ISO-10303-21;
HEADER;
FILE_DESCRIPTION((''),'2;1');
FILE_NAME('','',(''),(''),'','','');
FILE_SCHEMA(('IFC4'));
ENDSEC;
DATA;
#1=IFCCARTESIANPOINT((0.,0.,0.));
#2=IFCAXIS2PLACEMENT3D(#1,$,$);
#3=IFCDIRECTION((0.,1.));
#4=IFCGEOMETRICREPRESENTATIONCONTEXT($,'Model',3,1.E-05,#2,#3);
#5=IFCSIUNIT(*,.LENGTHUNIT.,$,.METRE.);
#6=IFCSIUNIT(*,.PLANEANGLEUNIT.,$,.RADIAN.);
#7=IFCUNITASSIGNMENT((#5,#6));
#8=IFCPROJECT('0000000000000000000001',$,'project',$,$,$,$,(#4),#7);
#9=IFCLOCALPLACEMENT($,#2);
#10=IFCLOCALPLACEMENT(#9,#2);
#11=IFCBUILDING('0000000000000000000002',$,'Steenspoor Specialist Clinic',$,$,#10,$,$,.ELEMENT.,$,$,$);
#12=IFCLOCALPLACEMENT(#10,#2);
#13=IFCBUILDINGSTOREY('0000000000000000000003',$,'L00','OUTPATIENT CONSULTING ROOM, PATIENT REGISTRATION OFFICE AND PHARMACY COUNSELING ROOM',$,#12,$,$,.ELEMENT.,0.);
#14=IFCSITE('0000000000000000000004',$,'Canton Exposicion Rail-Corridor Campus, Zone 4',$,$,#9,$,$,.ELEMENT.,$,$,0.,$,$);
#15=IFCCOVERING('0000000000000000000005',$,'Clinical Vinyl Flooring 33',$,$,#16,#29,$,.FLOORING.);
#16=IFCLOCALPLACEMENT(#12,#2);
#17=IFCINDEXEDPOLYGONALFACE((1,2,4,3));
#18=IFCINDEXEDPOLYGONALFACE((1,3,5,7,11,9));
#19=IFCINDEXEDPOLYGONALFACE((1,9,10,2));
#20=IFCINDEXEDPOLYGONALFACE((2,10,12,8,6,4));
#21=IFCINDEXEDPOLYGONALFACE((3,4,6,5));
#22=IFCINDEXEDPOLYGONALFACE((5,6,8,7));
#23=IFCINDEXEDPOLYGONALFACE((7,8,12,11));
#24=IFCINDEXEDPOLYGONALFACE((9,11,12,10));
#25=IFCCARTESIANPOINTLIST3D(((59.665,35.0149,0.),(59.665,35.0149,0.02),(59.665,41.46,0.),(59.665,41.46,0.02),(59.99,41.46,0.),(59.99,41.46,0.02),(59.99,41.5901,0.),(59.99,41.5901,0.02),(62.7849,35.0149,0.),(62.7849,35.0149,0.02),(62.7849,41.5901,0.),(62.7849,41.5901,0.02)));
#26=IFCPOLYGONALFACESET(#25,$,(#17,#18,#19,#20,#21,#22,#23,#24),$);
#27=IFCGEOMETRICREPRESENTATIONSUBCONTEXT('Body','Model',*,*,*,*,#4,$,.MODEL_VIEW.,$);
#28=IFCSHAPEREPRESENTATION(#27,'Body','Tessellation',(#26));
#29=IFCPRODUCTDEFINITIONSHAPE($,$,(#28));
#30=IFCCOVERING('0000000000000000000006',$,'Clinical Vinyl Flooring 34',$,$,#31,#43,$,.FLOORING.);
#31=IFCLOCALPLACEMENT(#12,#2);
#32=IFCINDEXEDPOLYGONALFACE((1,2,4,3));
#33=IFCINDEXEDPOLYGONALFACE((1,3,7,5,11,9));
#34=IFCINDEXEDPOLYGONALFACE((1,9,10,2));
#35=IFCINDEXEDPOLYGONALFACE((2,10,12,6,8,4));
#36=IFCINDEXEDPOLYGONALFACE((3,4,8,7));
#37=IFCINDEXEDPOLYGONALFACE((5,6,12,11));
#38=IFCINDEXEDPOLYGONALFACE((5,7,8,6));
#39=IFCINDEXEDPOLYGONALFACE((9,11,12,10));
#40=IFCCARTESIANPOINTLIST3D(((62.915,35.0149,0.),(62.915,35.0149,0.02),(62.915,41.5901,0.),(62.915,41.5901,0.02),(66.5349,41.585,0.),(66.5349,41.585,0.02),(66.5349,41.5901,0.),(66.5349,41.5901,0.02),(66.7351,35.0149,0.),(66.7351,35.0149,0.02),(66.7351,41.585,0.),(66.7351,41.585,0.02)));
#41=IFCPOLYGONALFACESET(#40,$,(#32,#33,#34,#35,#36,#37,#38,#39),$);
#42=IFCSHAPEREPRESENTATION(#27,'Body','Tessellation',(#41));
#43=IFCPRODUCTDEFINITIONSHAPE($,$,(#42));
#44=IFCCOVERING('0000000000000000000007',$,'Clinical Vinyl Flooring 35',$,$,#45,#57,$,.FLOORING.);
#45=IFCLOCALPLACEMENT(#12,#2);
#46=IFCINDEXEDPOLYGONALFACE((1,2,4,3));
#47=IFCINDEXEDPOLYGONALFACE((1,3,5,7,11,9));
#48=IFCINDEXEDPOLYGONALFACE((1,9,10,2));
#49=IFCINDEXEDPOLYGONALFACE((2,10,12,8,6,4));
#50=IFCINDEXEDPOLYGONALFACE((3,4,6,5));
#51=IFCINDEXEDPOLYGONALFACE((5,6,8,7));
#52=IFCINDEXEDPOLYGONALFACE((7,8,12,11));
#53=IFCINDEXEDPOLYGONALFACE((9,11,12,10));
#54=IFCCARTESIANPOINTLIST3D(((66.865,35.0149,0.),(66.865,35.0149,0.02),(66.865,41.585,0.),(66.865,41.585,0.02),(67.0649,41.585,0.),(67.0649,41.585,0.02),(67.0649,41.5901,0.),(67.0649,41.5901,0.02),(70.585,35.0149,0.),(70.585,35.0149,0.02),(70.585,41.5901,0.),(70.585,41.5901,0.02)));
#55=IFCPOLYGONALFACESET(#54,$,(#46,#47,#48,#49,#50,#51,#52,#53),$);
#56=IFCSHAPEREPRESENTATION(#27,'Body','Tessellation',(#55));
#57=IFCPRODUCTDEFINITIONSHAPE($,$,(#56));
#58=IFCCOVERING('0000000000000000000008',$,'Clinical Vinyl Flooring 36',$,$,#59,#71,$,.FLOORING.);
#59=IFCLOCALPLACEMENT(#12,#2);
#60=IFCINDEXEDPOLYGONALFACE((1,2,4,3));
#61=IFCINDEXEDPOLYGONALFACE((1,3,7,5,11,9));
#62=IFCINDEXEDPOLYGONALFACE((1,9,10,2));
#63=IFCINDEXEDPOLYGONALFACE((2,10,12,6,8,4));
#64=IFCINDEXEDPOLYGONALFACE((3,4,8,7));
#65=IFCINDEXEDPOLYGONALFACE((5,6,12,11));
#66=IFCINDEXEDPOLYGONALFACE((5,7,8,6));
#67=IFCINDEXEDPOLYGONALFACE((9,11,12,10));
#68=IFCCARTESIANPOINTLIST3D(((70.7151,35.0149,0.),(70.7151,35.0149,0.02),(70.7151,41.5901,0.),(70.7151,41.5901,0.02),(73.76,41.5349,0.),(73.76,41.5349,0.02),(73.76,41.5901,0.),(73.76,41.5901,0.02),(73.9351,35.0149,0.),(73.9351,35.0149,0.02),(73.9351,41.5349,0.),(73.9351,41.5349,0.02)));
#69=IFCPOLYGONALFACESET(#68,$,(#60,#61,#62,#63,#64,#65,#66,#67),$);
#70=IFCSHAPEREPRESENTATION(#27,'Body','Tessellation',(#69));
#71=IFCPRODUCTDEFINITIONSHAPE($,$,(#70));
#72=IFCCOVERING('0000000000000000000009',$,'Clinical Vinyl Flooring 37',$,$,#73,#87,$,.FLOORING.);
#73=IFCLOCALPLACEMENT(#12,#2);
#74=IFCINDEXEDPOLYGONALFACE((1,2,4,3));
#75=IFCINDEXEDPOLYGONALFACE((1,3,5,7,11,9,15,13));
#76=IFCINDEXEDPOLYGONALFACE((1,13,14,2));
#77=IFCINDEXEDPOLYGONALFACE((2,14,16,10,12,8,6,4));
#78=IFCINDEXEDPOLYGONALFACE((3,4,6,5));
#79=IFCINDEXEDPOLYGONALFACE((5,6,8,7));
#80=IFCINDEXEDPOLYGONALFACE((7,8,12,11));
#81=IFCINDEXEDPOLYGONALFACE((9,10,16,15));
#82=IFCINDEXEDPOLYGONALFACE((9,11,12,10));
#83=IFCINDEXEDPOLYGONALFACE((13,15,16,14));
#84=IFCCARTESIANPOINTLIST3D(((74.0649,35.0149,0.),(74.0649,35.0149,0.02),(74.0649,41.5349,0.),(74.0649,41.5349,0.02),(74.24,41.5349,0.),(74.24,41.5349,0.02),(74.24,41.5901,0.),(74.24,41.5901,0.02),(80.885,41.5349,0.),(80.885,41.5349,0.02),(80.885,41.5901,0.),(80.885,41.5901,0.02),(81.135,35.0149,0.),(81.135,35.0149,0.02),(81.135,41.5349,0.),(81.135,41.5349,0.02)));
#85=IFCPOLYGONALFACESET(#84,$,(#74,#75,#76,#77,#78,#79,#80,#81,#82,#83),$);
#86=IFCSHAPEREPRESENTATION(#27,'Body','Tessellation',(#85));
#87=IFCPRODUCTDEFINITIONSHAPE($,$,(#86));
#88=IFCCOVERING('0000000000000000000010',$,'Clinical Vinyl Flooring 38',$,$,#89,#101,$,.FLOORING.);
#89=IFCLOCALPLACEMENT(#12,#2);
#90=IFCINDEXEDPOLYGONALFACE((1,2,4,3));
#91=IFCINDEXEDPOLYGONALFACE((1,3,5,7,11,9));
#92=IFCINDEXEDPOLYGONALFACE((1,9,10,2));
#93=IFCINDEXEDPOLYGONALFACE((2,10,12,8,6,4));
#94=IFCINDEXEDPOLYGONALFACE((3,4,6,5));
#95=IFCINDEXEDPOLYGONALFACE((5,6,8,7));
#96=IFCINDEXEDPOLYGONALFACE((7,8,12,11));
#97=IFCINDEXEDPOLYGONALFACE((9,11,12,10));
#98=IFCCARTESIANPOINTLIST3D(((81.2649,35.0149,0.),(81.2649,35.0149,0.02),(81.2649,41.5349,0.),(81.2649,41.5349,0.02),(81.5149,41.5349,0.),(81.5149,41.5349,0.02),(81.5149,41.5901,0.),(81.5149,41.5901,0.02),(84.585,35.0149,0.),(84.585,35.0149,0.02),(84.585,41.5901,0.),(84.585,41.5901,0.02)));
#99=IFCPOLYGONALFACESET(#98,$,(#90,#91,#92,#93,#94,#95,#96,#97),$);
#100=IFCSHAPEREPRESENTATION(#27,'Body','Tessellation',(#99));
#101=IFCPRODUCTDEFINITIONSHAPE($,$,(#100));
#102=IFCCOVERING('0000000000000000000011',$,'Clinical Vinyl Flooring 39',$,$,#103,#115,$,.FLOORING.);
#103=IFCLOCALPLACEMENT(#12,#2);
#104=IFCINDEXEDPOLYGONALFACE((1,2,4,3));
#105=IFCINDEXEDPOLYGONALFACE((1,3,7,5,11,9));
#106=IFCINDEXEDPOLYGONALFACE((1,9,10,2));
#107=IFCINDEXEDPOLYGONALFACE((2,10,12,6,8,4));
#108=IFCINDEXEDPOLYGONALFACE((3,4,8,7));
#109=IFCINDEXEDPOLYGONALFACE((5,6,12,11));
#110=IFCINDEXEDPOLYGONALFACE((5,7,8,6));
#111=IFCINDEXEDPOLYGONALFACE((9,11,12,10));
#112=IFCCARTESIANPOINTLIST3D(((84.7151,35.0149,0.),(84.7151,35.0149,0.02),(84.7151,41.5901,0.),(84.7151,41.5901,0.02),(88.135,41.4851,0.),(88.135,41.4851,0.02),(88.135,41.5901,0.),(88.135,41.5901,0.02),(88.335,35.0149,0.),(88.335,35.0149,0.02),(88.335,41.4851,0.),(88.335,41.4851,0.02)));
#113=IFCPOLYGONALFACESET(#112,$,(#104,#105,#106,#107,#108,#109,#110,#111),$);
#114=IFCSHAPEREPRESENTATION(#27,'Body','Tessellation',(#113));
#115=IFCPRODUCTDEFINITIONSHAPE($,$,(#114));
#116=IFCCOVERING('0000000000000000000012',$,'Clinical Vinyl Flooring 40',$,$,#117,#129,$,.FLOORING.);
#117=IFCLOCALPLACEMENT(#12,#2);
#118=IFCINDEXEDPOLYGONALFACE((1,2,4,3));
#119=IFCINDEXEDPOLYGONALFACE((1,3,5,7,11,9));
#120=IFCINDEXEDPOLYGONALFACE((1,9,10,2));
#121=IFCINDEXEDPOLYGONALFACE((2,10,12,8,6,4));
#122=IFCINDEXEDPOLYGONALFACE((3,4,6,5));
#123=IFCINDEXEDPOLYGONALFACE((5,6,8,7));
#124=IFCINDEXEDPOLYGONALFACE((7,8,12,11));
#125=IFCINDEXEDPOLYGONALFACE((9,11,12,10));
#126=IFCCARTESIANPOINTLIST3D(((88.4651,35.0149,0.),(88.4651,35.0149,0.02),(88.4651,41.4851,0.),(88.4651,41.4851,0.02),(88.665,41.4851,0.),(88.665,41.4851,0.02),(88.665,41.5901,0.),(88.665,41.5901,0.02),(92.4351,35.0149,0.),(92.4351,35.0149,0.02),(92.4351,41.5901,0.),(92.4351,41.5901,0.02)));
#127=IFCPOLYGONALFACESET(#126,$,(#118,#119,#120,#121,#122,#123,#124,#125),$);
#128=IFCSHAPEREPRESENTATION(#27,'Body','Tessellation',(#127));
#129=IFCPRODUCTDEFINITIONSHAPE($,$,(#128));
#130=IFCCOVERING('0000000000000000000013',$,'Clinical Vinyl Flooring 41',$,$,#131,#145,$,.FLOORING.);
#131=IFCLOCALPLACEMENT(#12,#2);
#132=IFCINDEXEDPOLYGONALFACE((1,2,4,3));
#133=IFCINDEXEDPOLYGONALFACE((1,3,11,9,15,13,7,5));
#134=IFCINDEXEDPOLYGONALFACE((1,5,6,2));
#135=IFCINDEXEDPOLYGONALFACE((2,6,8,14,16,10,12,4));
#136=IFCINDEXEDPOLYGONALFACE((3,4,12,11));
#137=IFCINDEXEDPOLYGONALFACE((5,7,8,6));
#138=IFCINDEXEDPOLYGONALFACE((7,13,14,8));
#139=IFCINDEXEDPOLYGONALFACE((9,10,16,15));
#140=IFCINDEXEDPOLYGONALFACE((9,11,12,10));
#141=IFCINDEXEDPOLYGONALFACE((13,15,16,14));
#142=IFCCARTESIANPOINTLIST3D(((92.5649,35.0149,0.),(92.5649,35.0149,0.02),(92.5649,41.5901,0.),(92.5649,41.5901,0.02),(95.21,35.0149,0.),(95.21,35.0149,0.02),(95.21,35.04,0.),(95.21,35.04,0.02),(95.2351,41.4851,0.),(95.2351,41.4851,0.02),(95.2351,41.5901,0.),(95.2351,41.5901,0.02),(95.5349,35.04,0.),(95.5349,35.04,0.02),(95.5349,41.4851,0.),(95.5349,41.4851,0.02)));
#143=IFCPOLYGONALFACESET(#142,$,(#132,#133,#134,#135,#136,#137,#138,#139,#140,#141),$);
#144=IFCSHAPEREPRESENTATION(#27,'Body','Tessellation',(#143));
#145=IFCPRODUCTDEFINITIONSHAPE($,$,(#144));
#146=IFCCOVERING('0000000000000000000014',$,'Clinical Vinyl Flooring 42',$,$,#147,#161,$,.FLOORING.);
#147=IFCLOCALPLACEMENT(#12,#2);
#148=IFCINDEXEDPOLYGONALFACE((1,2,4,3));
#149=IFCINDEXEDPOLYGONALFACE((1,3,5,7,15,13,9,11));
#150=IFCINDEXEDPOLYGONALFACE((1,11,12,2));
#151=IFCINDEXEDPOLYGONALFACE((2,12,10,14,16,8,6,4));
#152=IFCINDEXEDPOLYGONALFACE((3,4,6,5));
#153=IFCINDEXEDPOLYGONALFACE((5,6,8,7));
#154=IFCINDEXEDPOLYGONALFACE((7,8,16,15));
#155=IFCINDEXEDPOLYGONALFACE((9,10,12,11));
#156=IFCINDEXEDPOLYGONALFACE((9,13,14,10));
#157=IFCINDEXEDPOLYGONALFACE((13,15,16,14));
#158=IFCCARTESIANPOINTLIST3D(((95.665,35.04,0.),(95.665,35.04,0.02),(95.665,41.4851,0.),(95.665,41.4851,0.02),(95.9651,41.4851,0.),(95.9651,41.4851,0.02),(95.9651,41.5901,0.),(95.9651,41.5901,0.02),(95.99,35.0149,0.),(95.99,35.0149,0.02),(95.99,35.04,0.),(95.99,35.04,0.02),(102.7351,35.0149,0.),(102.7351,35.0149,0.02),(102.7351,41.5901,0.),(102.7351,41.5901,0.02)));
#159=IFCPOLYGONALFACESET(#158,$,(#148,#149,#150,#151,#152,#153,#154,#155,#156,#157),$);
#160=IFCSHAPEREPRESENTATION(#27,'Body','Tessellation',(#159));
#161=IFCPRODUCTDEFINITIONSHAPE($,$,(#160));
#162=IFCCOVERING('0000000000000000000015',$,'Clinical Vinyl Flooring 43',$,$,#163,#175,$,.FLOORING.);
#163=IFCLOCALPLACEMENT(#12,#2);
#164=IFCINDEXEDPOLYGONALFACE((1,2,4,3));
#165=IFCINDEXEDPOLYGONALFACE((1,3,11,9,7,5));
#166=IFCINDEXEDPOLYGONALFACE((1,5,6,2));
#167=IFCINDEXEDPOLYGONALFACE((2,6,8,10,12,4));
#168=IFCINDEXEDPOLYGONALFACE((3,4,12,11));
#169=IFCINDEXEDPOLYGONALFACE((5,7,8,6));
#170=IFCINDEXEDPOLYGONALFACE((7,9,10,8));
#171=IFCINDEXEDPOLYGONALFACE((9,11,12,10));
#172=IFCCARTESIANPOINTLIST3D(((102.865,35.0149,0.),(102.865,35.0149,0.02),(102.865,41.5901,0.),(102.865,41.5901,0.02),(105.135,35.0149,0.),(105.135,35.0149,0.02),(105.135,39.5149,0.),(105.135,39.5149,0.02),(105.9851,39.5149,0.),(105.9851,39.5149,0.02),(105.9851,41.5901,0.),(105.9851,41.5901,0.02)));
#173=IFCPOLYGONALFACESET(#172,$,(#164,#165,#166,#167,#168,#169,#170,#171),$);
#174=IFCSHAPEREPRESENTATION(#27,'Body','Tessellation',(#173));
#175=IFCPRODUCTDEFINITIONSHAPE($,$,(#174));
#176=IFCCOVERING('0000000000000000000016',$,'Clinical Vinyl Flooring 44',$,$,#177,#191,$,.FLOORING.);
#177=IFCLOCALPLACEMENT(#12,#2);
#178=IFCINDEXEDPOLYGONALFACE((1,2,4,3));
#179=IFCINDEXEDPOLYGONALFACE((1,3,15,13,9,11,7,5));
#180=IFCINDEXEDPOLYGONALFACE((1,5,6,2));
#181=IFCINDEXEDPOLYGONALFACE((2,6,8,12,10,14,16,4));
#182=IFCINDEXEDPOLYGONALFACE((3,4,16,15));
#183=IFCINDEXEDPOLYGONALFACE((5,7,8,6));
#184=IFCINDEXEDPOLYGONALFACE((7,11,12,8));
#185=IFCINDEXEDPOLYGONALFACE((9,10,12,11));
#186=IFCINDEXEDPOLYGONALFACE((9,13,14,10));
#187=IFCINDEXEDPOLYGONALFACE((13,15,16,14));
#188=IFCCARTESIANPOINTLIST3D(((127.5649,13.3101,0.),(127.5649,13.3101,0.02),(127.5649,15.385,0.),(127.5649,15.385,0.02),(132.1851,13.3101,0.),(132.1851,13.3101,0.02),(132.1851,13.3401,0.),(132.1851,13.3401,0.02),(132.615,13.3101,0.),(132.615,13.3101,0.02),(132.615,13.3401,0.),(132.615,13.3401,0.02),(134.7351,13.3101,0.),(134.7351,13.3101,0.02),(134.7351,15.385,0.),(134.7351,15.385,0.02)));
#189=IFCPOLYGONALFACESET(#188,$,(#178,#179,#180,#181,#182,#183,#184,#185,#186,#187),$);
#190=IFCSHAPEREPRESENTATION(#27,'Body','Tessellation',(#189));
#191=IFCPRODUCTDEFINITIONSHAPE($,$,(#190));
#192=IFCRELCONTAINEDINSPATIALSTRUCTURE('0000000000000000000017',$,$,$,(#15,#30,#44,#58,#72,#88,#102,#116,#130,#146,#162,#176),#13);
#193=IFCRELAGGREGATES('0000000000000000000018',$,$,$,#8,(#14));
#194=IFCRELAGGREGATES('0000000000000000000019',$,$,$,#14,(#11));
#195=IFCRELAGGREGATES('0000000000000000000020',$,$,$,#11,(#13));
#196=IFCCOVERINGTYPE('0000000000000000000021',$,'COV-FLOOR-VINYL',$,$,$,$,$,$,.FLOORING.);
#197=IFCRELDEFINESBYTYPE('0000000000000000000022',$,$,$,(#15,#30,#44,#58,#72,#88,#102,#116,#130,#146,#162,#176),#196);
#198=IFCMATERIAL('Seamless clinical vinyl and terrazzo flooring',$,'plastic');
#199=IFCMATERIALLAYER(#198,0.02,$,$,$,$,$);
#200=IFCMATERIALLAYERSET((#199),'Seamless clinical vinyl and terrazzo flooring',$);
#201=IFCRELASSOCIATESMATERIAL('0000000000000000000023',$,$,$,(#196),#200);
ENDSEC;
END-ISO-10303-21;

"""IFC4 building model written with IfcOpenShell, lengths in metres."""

from ifc_helpers import new_model, si_unit, direction, origin, place, context, subcontext, project, spatial, polyline, outline, extrude, material, layer, layer_set, type_object, element, save


model = new_model("IFC4")

# Units and contexts
model_context = context("Model", 3, precision=1e-05, world=origin(), true_north=direction((0.0, 1.0)))
body_context = subcontext(model_context, "Body", "Model", "MODEL_VIEW")
ifc_project = project(units=[si_unit("LENGTHUNIT", "METRE"), si_unit("PLANEANGLEUNIT", "RADIAN")], contexts=[model_context])

# Site, building, storey
site_placement = place(None, origin())
site = spatial("IfcSite", under=ifc_project, at=site_placement, Name="Canton Exposicion Rail-Corridor Campus, Zone 4", CompositionType="ELEMENT", RefElevation=0.0)
building_placement = place(site_placement, origin())
building = spatial("IfcBuilding", under=site, at=building_placement, Name="Steenspoor Specialist Clinic", CompositionType="ELEMENT")
storey_placement = place(building_placement, origin())
storey = spatial("IfcBuildingStorey", under=building, at=storey_placement, Name="L00", Description="OUTPATIENT CONSULTING ROOM, PATIENT REGISTRATION OFFICE AND PHARMACY COUNSELING ROOM", CompositionType="ELEMENT", Elevation=0.0)

# Coverings
ifc_material_1 = material(Name="Seamless clinical vinyl and terrazzo flooring", Category="plastic")
ifc_layer_1 = layer(ifc_material_1, 0.02)
ifc_layer_set_1 = layer_set([ifc_layer_1], Name="Seamless clinical vinyl and terrazzo flooring")
covering_type_1 = type_object("IfcCoveringType", Name="COV-FLOOR-VINYL", PredefinedType="FLOORING", material=ifc_layer_set_1)
covering_1_placement = place(storey_placement, origin())
element("IfcCovering", 1, at=covering_1_placement, inside=storey, type_object=covering_type_1, Name="Clinical Vinyl Flooring 33", PredefinedType="FLOORING", context=body_context, shape_type="SweptSolid", body=[
    extrude(outline(polyline([(59.665, 41.46), (59.99, 41.46), (59.99, 41.5901), (62.7849, 41.5901), (62.7849, 35.0149), (59.665, 35.0149), (59.665, 41.46)])), origin(), (0.0, 0.0, 1.0), 0.02),
])
covering_2_placement = place(storey_placement, origin())
element("IfcCovering", 2, at=covering_2_placement, inside=storey, type_object=covering_type_1, Name="Clinical Vinyl Flooring 34", PredefinedType="FLOORING", context=body_context, shape_type="SweptSolid", body=[
    extrude(outline(polyline([(62.915, 41.5901), (66.5349, 41.5901), (66.5349, 41.585), (66.7351, 41.585), (66.7351, 35.0149), (62.915, 35.0149), (62.915, 41.5901)])), origin(), (0.0, 0.0, 1.0), 0.02),
])
covering_3_placement = place(storey_placement, origin())
element("IfcCovering", 3, at=covering_3_placement, inside=storey, type_object=covering_type_1, Name="Clinical Vinyl Flooring 35", PredefinedType="FLOORING", context=body_context, shape_type="SweptSolid", body=[
    extrude(outline(polyline([(66.865, 41.585), (67.0649, 41.585), (67.0649, 41.5901), (70.585, 41.5901), (70.585, 35.0149), (66.865, 35.0149), (66.865, 41.585)])), origin(), (0.0, 0.0, 1.0), 0.02),
])
covering_4_placement = place(storey_placement, origin())
element("IfcCovering", 4, at=covering_4_placement, inside=storey, type_object=covering_type_1, Name="Clinical Vinyl Flooring 36", PredefinedType="FLOORING", context=body_context, shape_type="SweptSolid", body=[
    extrude(outline(polyline([(70.7151, 41.5901), (73.76, 41.5901), (73.76, 41.5349), (73.9351, 41.5349), (73.9351, 35.0149), (70.7151, 35.0149), (70.7151, 41.5901)])), origin(), (0.0, 0.0, 1.0), 0.02),
])
covering_5_placement = place(storey_placement, origin())
element("IfcCovering", 5, at=covering_5_placement, inside=storey, type_object=covering_type_1, Name="Clinical Vinyl Flooring 37", PredefinedType="FLOORING", context=body_context, shape_type="SweptSolid", body=[
    extrude(outline(polyline([(74.0649, 41.5349), (74.24, 41.5349), (74.24, 41.5901), (80.885, 41.5901), (80.885, 41.5349), (81.135, 41.5349), (81.135, 35.0149), (74.0649, 35.0149), (74.0649, 41.5349)])), origin(), (0.0, 0.0, 1.0), 0.02),
])
covering_6_placement = place(storey_placement, origin())
element("IfcCovering", 6, at=covering_6_placement, inside=storey, type_object=covering_type_1, Name="Clinical Vinyl Flooring 38", PredefinedType="FLOORING", context=body_context, shape_type="SweptSolid", body=[
    extrude(outline(polyline([(81.2649, 41.5349), (81.5149, 41.5349), (81.5149, 41.5901), (84.585, 41.5901), (84.585, 35.0149), (81.2649, 35.0149), (81.2649, 41.5349)])), origin(), (0.0, 0.0, 1.0), 0.02),
])
covering_7_placement = place(storey_placement, origin())
element("IfcCovering", 7, at=covering_7_placement, inside=storey, type_object=covering_type_1, Name="Clinical Vinyl Flooring 39", PredefinedType="FLOORING", context=body_context, shape_type="SweptSolid", body=[
    extrude(outline(polyline([(84.7151, 41.5901), (88.135, 41.5901), (88.135, 41.4851), (88.335, 41.4851), (88.335, 35.0149), (84.7151, 35.0149), (84.7151, 41.5901)])), origin(), (0.0, 0.0, 1.0), 0.02),
])
covering_8_placement = place(storey_placement, origin())
element("IfcCovering", 8, at=covering_8_placement, inside=storey, type_object=covering_type_1, Name="Clinical Vinyl Flooring 40", PredefinedType="FLOORING", context=body_context, shape_type="SweptSolid", body=[
    extrude(outline(polyline([(88.4651, 41.4851), (88.665, 41.4851), (88.665, 41.5901), (92.4351, 41.5901), (92.4351, 35.0149), (88.4651, 35.0149), (88.4651, 41.4851)])), origin(), (0.0, 0.0, 1.0), 0.02),
])
covering_9_placement = place(storey_placement, origin())
element("IfcCovering", 9, at=covering_9_placement, inside=storey, type_object=covering_type_1, Name="Clinical Vinyl Flooring 41", PredefinedType="FLOORING", context=body_context, shape_type="SweptSolid", body=[
    extrude(outline(polyline([(92.5649, 41.5901), (95.2351, 41.5901), (95.2351, 41.4851), (95.5349, 41.4851), (95.5349, 35.04), (95.21, 35.04), (95.21, 35.0149), (92.5649, 35.0149), (92.5649, 41.5901)])), origin(), (0.0, 0.0, 1.0), 0.02),
])
covering_10_placement = place(storey_placement, origin())
element("IfcCovering", 10, at=covering_10_placement, inside=storey, type_object=covering_type_1, Name="Clinical Vinyl Flooring 42", PredefinedType="FLOORING", context=body_context, shape_type="SweptSolid", body=[
    extrude(outline(polyline([(95.665, 41.4851), (95.9651, 41.4851), (95.9651, 41.5901), (102.7351, 41.5901), (102.7351, 35.0149), (95.99, 35.0149), (95.99, 35.04), (95.665, 35.04), (95.665, 41.4851)])), origin(), (0.0, 0.0, 1.0), 0.02),
])
covering_11_placement = place(storey_placement, origin())
element("IfcCovering", 11, at=covering_11_placement, inside=storey, type_object=covering_type_1, Name="Clinical Vinyl Flooring 43", PredefinedType="FLOORING", context=body_context, shape_type="SweptSolid", body=[
    extrude(outline(polyline([(102.865, 41.5901), (105.9851, 41.5901), (105.9851, 39.5149), (105.135, 39.5149), (105.135, 35.0149), (102.865, 35.0149), (102.865, 41.5901)])), origin(), (0.0, 0.0, 1.0), 0.02),
])
covering_12_placement = place(storey_placement, origin())
element("IfcCovering", 12, at=covering_12_placement, inside=storey, type_object=covering_type_1, Name="Clinical Vinyl Flooring 44", PredefinedType="FLOORING", context=body_context, shape_type="SweptSolid", body=[
    extrude(outline(polyline([(134.7351, 15.385), (134.7351, 13.3101), (132.615, 13.3101), (132.615, 13.3401), (132.1851, 13.3401), (132.1851, 13.3101), (127.5649, 13.3101), (127.5649, 15.385), (134.7351, 15.385)])), origin(), (0.0, 0.0, 1.0), 0.02),
])

save(model, "model.ifc")
